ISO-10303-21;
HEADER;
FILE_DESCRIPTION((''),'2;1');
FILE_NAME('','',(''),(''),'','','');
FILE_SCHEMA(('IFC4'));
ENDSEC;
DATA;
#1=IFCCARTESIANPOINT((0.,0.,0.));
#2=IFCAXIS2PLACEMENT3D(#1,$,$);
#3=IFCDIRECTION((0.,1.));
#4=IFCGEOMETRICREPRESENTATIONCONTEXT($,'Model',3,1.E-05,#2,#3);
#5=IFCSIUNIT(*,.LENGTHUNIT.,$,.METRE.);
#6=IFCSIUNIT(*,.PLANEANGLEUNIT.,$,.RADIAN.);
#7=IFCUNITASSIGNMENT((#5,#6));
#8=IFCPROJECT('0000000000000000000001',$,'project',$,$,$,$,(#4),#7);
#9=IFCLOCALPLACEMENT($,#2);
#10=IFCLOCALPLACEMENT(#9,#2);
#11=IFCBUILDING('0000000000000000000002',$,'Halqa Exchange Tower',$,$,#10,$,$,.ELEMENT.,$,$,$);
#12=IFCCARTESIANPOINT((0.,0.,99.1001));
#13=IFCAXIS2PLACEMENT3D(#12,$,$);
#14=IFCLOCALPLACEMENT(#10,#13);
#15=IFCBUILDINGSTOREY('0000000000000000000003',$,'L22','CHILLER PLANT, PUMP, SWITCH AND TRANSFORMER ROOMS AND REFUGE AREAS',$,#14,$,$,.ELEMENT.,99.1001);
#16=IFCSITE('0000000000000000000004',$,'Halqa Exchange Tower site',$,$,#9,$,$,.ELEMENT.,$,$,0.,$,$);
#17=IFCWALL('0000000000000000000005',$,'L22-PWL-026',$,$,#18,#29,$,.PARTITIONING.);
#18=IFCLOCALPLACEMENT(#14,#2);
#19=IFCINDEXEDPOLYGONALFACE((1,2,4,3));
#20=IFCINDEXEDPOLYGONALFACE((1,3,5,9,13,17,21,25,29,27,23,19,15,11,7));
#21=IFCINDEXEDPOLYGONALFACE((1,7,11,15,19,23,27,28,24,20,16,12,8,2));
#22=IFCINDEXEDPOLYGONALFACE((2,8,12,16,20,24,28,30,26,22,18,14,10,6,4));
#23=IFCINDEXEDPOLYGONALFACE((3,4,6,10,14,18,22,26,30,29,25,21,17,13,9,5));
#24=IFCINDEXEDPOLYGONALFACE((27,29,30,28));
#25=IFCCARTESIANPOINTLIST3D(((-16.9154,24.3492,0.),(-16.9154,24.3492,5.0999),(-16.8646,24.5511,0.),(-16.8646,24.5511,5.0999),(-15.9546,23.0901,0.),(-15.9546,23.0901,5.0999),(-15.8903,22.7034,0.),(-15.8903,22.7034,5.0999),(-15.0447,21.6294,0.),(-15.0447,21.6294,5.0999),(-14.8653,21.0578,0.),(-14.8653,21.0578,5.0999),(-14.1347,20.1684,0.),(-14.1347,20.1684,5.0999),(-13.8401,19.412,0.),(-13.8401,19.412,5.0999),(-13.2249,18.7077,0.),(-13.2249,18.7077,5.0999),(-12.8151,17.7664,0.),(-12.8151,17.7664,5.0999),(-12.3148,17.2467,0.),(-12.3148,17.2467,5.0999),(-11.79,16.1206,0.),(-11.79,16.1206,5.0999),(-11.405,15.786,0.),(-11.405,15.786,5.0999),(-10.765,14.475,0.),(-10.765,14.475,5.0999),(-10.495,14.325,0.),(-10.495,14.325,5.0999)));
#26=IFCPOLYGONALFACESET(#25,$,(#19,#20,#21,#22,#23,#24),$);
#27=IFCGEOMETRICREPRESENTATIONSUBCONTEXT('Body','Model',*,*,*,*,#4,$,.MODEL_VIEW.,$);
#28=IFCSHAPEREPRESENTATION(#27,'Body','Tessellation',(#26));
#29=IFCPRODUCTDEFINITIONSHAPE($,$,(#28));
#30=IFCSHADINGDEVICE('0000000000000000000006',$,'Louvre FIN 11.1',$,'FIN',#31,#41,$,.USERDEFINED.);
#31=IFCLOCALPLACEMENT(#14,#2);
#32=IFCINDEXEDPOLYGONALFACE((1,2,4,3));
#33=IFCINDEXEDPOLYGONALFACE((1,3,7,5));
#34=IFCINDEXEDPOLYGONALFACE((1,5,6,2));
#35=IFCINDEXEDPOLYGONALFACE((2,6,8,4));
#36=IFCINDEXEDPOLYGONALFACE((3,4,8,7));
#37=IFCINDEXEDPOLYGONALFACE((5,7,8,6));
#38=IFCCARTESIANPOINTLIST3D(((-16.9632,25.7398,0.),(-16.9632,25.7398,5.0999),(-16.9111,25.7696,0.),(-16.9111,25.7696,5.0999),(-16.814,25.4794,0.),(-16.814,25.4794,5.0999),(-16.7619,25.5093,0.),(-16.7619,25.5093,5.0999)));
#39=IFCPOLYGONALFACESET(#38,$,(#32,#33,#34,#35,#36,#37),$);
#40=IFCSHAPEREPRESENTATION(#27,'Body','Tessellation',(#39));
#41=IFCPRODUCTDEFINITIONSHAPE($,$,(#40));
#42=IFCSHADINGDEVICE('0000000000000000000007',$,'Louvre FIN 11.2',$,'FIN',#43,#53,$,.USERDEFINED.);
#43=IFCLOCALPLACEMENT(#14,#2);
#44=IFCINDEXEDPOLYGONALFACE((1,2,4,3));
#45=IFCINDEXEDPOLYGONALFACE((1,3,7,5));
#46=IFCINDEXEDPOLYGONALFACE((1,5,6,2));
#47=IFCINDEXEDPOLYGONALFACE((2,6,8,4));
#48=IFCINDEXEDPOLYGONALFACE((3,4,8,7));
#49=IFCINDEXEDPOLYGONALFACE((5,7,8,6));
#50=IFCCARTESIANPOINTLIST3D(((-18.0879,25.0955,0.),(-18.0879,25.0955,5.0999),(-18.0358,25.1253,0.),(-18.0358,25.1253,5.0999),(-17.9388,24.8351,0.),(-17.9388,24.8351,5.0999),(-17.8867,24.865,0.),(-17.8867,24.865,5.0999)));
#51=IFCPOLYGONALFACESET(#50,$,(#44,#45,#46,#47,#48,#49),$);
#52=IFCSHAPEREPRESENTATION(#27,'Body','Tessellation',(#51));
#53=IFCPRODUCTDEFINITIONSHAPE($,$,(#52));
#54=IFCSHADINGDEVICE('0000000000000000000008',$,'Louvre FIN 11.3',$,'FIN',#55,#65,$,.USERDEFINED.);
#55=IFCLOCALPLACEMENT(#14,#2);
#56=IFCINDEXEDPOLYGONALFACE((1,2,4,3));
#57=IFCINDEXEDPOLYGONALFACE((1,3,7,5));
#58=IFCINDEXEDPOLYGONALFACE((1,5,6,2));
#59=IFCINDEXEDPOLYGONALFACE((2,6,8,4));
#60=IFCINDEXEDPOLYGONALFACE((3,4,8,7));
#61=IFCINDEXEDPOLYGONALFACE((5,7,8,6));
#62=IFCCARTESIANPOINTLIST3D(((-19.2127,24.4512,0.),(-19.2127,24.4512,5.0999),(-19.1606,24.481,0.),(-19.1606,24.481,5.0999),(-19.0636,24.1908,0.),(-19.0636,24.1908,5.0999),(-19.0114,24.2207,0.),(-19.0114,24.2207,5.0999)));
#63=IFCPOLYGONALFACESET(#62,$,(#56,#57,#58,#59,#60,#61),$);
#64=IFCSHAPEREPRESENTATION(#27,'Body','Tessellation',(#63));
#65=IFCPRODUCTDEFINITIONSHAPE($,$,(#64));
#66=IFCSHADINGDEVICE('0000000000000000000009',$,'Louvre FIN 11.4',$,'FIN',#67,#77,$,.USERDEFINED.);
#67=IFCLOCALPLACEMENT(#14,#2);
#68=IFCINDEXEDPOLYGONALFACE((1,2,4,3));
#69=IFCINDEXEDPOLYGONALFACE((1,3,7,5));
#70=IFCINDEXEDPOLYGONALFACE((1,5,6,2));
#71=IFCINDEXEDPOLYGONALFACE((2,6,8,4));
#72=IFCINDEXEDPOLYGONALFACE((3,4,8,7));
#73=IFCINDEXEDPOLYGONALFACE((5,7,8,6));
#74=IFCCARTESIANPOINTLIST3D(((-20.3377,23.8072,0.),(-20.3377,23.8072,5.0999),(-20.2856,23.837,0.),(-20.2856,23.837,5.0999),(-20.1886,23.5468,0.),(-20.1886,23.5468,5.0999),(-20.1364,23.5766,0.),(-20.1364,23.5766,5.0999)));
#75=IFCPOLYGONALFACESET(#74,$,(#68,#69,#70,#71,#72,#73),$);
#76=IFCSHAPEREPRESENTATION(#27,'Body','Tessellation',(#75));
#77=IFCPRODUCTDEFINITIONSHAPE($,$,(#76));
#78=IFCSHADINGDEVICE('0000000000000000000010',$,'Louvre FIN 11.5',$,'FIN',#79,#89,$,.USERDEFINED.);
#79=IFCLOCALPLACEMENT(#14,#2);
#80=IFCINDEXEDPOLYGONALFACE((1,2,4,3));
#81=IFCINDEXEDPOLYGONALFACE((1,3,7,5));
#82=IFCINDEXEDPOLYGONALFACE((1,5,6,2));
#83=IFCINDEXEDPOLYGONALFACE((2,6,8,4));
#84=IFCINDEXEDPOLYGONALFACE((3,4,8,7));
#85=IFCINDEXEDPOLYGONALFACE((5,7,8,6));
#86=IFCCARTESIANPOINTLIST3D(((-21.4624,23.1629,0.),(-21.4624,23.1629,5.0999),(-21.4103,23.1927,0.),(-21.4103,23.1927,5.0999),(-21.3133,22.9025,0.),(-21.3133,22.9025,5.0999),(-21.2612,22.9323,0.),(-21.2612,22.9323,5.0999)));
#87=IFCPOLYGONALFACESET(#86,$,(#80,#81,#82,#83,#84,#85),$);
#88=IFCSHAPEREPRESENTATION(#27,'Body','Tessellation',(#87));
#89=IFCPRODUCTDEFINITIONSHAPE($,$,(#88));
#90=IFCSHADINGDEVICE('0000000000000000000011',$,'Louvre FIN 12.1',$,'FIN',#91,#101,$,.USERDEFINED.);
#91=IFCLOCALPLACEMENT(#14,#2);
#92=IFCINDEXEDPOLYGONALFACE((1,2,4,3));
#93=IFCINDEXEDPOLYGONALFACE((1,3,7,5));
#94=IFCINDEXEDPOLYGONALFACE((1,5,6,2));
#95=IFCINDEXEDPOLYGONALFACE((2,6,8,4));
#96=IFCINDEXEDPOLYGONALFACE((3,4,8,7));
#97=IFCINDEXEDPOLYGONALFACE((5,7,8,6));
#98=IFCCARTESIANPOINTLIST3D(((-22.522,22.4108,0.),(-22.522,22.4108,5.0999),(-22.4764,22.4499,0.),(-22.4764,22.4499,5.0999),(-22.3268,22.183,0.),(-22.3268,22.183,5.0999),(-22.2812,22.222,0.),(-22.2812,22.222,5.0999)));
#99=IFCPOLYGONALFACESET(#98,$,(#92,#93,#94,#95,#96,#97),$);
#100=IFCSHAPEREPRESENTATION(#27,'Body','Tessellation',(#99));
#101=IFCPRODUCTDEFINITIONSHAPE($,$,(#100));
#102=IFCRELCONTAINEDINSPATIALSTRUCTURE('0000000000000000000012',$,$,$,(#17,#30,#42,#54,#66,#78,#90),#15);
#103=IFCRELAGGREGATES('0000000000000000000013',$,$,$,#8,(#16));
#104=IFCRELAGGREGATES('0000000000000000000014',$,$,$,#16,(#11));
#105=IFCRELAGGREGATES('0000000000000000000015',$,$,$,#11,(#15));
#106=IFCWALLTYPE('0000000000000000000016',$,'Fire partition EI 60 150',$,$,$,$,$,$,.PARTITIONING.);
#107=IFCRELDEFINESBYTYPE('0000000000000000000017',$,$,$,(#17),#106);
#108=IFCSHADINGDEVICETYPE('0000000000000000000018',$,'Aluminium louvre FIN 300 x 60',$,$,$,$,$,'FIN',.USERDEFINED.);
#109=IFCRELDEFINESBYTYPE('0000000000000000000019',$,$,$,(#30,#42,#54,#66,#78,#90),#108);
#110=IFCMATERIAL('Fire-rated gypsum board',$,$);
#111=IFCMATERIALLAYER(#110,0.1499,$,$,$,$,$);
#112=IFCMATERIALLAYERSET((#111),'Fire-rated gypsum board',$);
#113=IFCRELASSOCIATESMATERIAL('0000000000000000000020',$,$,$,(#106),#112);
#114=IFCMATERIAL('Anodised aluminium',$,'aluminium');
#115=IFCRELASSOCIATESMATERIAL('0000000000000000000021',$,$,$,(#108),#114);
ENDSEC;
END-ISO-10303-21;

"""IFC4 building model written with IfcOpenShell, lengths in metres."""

from ifc_helpers import new_model, si_unit, direction, frame, origin, origin_2d, place, context, subcontext, project, spatial, polyline, rectangle, outline, extrude, material, layer, layer_set, material_profile, profile_set, type_object, element, save


model = new_model("IFC4")

# Units and contexts
model_context = context("Model", 3, precision=1e-05, world=origin(), true_north=direction((0.0, 1.0)))
body_context = subcontext(model_context, "Body", "Model", "MODEL_VIEW")
ifc_project = project(units=[si_unit("LENGTHUNIT", "METRE"), si_unit("PLANEANGLEUNIT", "RADIAN")], contexts=[model_context])

# Site, building, storey
site_placement = place(None, origin())
site = spatial("IfcSite", under=ifc_project, at=site_placement, Name="Halqa Exchange Tower site", CompositionType="ELEMENT", RefElevation=0.0)
building_placement = place(site_placement, origin())
building = spatial("IfcBuilding", under=site, at=building_placement, Name="Halqa Exchange Tower", CompositionType="ELEMENT")
storey_placement = place(building_placement, frame((0.0, 0.0, 99.1001)))
storey = spatial("IfcBuildingStorey", under=building, at=storey_placement, Name="L22", Description="CHILLER PLANT, PUMP, SWITCH AND TRANSFORMER ROOMS AND REFUGE AREAS", CompositionType="ELEMENT", Elevation=99.1001)

# Shared definitions
ifc_material_1 = material(Name="Fire-rated gypsum board")
ifc_layer_1 = layer(ifc_material_1, 0.1499)
ifc_layer_set_1 = layer_set([ifc_layer_1], Name="Fire-rated gypsum board")
wall_type = type_object("IfcWallType", Name="Fire partition EI 60 150", PredefinedType="PARTITIONING", material=ifc_layer_set_1)

# Wall
wall_1_placement = place(storey_placement, frame((-16.9282, 24.5115, 0.0), z_axis=(0.0, 0.0, 1.0), x_axis=(0.528705, -0.848806, 0.0)))
element("IfcWall", 1, at=wall_1_placement, inside=storey, type_object=wall_type, Name="L22-PWL-026", PredefinedType="PARTITIONING", context=body_context, shape_type="SweptSolid", body=[
    extrude(outline(polyline([(0.1445, -0.075), (2.0835, -0.075), (4.0222, -0.075), (5.9612, -0.075), (7.8999, -0.075), (9.8389, -0.075), (11.7776, -0.075), (12.0476, 0.075), (10.3264, 0.075), (8.6055, 0.075), (6.8843, 0.075), (5.1633, 0.075), (3.4421, 0.075), (1.7212, 0.075), (0.0, 0.075), (0.1445, -0.075)])), origin(), (0.0, 0.0, 1.0), 5.0999),
])

# Shading devices
ifc_material_2 = material(Name="Anodised aluminium", Category="aluminium")
ifc_material_profile_1 = material_profile(ifc_material_2, rectangle(XDim=0.3, YDim=0.0601, at=origin_2d()), Name="AL FIN 300x60")
ifc_profile_set_1 = profile_set([ifc_material_profile_1], Name="Anodised aluminium")
shading_device_type = type_object("IfcShadingDeviceType", Name="Aluminium louvre FIN 300 x 60", ElementType="FIN", PredefinedType="USERDEFINED", material=ifc_profile_set_1)
for number, where, z_axis, x_axis, name in (
    (2, (-16.8625, 25.6245, 0.0), (0.0, 0.0, 1.0), (0.496985, -0.867759, 0.0), "Louvre FIN 11.1"),
    (3, (-17.9873, 24.9802, 0.0), (0.0, 0.0, 1.0), (0.496985, -0.867759, 0.0), "Louvre FIN 11.2"),
    (4, (-19.1121, 24.3359, 0.0), (0.0, 0.0, 1.0), (0.496985, -0.867759, 0.0), "Louvre FIN 11.3"),
    (5, (-20.2371, 23.6919, 0.0), (0.0, 0.0, 1.0), (0.496985, -0.867759, 0.0), "Louvre FIN 11.4"),
    (6, (-21.3618, 23.0476, 0.0), (0.0, 0.0, 1.0), (0.496985, -0.867759, 0.0), "Louvre FIN 11.5"),
    (7, (-22.4016, 22.3164, 0.0), (0.0, 0.0, 1.0), (0.650785, -0.759262, 0.0), "Louvre FIN 12.1"),
):
    element("IfcShadingDevice", number, at=place(storey_placement, frame(where, z_axis=z_axis, x_axis=x_axis)), inside=storey, type_object=shading_device_type, Name=name, ObjectType="FIN", PredefinedType="USERDEFINED", context=body_context, shape_type="SweptSolid", body=[
        extrude(rectangle(XDim=0.3, YDim=0.0601, at=origin_2d()), origin(), (0.0, 0.0, 1.0), 5.0999),
    ])

save(model, "model.ifc")
